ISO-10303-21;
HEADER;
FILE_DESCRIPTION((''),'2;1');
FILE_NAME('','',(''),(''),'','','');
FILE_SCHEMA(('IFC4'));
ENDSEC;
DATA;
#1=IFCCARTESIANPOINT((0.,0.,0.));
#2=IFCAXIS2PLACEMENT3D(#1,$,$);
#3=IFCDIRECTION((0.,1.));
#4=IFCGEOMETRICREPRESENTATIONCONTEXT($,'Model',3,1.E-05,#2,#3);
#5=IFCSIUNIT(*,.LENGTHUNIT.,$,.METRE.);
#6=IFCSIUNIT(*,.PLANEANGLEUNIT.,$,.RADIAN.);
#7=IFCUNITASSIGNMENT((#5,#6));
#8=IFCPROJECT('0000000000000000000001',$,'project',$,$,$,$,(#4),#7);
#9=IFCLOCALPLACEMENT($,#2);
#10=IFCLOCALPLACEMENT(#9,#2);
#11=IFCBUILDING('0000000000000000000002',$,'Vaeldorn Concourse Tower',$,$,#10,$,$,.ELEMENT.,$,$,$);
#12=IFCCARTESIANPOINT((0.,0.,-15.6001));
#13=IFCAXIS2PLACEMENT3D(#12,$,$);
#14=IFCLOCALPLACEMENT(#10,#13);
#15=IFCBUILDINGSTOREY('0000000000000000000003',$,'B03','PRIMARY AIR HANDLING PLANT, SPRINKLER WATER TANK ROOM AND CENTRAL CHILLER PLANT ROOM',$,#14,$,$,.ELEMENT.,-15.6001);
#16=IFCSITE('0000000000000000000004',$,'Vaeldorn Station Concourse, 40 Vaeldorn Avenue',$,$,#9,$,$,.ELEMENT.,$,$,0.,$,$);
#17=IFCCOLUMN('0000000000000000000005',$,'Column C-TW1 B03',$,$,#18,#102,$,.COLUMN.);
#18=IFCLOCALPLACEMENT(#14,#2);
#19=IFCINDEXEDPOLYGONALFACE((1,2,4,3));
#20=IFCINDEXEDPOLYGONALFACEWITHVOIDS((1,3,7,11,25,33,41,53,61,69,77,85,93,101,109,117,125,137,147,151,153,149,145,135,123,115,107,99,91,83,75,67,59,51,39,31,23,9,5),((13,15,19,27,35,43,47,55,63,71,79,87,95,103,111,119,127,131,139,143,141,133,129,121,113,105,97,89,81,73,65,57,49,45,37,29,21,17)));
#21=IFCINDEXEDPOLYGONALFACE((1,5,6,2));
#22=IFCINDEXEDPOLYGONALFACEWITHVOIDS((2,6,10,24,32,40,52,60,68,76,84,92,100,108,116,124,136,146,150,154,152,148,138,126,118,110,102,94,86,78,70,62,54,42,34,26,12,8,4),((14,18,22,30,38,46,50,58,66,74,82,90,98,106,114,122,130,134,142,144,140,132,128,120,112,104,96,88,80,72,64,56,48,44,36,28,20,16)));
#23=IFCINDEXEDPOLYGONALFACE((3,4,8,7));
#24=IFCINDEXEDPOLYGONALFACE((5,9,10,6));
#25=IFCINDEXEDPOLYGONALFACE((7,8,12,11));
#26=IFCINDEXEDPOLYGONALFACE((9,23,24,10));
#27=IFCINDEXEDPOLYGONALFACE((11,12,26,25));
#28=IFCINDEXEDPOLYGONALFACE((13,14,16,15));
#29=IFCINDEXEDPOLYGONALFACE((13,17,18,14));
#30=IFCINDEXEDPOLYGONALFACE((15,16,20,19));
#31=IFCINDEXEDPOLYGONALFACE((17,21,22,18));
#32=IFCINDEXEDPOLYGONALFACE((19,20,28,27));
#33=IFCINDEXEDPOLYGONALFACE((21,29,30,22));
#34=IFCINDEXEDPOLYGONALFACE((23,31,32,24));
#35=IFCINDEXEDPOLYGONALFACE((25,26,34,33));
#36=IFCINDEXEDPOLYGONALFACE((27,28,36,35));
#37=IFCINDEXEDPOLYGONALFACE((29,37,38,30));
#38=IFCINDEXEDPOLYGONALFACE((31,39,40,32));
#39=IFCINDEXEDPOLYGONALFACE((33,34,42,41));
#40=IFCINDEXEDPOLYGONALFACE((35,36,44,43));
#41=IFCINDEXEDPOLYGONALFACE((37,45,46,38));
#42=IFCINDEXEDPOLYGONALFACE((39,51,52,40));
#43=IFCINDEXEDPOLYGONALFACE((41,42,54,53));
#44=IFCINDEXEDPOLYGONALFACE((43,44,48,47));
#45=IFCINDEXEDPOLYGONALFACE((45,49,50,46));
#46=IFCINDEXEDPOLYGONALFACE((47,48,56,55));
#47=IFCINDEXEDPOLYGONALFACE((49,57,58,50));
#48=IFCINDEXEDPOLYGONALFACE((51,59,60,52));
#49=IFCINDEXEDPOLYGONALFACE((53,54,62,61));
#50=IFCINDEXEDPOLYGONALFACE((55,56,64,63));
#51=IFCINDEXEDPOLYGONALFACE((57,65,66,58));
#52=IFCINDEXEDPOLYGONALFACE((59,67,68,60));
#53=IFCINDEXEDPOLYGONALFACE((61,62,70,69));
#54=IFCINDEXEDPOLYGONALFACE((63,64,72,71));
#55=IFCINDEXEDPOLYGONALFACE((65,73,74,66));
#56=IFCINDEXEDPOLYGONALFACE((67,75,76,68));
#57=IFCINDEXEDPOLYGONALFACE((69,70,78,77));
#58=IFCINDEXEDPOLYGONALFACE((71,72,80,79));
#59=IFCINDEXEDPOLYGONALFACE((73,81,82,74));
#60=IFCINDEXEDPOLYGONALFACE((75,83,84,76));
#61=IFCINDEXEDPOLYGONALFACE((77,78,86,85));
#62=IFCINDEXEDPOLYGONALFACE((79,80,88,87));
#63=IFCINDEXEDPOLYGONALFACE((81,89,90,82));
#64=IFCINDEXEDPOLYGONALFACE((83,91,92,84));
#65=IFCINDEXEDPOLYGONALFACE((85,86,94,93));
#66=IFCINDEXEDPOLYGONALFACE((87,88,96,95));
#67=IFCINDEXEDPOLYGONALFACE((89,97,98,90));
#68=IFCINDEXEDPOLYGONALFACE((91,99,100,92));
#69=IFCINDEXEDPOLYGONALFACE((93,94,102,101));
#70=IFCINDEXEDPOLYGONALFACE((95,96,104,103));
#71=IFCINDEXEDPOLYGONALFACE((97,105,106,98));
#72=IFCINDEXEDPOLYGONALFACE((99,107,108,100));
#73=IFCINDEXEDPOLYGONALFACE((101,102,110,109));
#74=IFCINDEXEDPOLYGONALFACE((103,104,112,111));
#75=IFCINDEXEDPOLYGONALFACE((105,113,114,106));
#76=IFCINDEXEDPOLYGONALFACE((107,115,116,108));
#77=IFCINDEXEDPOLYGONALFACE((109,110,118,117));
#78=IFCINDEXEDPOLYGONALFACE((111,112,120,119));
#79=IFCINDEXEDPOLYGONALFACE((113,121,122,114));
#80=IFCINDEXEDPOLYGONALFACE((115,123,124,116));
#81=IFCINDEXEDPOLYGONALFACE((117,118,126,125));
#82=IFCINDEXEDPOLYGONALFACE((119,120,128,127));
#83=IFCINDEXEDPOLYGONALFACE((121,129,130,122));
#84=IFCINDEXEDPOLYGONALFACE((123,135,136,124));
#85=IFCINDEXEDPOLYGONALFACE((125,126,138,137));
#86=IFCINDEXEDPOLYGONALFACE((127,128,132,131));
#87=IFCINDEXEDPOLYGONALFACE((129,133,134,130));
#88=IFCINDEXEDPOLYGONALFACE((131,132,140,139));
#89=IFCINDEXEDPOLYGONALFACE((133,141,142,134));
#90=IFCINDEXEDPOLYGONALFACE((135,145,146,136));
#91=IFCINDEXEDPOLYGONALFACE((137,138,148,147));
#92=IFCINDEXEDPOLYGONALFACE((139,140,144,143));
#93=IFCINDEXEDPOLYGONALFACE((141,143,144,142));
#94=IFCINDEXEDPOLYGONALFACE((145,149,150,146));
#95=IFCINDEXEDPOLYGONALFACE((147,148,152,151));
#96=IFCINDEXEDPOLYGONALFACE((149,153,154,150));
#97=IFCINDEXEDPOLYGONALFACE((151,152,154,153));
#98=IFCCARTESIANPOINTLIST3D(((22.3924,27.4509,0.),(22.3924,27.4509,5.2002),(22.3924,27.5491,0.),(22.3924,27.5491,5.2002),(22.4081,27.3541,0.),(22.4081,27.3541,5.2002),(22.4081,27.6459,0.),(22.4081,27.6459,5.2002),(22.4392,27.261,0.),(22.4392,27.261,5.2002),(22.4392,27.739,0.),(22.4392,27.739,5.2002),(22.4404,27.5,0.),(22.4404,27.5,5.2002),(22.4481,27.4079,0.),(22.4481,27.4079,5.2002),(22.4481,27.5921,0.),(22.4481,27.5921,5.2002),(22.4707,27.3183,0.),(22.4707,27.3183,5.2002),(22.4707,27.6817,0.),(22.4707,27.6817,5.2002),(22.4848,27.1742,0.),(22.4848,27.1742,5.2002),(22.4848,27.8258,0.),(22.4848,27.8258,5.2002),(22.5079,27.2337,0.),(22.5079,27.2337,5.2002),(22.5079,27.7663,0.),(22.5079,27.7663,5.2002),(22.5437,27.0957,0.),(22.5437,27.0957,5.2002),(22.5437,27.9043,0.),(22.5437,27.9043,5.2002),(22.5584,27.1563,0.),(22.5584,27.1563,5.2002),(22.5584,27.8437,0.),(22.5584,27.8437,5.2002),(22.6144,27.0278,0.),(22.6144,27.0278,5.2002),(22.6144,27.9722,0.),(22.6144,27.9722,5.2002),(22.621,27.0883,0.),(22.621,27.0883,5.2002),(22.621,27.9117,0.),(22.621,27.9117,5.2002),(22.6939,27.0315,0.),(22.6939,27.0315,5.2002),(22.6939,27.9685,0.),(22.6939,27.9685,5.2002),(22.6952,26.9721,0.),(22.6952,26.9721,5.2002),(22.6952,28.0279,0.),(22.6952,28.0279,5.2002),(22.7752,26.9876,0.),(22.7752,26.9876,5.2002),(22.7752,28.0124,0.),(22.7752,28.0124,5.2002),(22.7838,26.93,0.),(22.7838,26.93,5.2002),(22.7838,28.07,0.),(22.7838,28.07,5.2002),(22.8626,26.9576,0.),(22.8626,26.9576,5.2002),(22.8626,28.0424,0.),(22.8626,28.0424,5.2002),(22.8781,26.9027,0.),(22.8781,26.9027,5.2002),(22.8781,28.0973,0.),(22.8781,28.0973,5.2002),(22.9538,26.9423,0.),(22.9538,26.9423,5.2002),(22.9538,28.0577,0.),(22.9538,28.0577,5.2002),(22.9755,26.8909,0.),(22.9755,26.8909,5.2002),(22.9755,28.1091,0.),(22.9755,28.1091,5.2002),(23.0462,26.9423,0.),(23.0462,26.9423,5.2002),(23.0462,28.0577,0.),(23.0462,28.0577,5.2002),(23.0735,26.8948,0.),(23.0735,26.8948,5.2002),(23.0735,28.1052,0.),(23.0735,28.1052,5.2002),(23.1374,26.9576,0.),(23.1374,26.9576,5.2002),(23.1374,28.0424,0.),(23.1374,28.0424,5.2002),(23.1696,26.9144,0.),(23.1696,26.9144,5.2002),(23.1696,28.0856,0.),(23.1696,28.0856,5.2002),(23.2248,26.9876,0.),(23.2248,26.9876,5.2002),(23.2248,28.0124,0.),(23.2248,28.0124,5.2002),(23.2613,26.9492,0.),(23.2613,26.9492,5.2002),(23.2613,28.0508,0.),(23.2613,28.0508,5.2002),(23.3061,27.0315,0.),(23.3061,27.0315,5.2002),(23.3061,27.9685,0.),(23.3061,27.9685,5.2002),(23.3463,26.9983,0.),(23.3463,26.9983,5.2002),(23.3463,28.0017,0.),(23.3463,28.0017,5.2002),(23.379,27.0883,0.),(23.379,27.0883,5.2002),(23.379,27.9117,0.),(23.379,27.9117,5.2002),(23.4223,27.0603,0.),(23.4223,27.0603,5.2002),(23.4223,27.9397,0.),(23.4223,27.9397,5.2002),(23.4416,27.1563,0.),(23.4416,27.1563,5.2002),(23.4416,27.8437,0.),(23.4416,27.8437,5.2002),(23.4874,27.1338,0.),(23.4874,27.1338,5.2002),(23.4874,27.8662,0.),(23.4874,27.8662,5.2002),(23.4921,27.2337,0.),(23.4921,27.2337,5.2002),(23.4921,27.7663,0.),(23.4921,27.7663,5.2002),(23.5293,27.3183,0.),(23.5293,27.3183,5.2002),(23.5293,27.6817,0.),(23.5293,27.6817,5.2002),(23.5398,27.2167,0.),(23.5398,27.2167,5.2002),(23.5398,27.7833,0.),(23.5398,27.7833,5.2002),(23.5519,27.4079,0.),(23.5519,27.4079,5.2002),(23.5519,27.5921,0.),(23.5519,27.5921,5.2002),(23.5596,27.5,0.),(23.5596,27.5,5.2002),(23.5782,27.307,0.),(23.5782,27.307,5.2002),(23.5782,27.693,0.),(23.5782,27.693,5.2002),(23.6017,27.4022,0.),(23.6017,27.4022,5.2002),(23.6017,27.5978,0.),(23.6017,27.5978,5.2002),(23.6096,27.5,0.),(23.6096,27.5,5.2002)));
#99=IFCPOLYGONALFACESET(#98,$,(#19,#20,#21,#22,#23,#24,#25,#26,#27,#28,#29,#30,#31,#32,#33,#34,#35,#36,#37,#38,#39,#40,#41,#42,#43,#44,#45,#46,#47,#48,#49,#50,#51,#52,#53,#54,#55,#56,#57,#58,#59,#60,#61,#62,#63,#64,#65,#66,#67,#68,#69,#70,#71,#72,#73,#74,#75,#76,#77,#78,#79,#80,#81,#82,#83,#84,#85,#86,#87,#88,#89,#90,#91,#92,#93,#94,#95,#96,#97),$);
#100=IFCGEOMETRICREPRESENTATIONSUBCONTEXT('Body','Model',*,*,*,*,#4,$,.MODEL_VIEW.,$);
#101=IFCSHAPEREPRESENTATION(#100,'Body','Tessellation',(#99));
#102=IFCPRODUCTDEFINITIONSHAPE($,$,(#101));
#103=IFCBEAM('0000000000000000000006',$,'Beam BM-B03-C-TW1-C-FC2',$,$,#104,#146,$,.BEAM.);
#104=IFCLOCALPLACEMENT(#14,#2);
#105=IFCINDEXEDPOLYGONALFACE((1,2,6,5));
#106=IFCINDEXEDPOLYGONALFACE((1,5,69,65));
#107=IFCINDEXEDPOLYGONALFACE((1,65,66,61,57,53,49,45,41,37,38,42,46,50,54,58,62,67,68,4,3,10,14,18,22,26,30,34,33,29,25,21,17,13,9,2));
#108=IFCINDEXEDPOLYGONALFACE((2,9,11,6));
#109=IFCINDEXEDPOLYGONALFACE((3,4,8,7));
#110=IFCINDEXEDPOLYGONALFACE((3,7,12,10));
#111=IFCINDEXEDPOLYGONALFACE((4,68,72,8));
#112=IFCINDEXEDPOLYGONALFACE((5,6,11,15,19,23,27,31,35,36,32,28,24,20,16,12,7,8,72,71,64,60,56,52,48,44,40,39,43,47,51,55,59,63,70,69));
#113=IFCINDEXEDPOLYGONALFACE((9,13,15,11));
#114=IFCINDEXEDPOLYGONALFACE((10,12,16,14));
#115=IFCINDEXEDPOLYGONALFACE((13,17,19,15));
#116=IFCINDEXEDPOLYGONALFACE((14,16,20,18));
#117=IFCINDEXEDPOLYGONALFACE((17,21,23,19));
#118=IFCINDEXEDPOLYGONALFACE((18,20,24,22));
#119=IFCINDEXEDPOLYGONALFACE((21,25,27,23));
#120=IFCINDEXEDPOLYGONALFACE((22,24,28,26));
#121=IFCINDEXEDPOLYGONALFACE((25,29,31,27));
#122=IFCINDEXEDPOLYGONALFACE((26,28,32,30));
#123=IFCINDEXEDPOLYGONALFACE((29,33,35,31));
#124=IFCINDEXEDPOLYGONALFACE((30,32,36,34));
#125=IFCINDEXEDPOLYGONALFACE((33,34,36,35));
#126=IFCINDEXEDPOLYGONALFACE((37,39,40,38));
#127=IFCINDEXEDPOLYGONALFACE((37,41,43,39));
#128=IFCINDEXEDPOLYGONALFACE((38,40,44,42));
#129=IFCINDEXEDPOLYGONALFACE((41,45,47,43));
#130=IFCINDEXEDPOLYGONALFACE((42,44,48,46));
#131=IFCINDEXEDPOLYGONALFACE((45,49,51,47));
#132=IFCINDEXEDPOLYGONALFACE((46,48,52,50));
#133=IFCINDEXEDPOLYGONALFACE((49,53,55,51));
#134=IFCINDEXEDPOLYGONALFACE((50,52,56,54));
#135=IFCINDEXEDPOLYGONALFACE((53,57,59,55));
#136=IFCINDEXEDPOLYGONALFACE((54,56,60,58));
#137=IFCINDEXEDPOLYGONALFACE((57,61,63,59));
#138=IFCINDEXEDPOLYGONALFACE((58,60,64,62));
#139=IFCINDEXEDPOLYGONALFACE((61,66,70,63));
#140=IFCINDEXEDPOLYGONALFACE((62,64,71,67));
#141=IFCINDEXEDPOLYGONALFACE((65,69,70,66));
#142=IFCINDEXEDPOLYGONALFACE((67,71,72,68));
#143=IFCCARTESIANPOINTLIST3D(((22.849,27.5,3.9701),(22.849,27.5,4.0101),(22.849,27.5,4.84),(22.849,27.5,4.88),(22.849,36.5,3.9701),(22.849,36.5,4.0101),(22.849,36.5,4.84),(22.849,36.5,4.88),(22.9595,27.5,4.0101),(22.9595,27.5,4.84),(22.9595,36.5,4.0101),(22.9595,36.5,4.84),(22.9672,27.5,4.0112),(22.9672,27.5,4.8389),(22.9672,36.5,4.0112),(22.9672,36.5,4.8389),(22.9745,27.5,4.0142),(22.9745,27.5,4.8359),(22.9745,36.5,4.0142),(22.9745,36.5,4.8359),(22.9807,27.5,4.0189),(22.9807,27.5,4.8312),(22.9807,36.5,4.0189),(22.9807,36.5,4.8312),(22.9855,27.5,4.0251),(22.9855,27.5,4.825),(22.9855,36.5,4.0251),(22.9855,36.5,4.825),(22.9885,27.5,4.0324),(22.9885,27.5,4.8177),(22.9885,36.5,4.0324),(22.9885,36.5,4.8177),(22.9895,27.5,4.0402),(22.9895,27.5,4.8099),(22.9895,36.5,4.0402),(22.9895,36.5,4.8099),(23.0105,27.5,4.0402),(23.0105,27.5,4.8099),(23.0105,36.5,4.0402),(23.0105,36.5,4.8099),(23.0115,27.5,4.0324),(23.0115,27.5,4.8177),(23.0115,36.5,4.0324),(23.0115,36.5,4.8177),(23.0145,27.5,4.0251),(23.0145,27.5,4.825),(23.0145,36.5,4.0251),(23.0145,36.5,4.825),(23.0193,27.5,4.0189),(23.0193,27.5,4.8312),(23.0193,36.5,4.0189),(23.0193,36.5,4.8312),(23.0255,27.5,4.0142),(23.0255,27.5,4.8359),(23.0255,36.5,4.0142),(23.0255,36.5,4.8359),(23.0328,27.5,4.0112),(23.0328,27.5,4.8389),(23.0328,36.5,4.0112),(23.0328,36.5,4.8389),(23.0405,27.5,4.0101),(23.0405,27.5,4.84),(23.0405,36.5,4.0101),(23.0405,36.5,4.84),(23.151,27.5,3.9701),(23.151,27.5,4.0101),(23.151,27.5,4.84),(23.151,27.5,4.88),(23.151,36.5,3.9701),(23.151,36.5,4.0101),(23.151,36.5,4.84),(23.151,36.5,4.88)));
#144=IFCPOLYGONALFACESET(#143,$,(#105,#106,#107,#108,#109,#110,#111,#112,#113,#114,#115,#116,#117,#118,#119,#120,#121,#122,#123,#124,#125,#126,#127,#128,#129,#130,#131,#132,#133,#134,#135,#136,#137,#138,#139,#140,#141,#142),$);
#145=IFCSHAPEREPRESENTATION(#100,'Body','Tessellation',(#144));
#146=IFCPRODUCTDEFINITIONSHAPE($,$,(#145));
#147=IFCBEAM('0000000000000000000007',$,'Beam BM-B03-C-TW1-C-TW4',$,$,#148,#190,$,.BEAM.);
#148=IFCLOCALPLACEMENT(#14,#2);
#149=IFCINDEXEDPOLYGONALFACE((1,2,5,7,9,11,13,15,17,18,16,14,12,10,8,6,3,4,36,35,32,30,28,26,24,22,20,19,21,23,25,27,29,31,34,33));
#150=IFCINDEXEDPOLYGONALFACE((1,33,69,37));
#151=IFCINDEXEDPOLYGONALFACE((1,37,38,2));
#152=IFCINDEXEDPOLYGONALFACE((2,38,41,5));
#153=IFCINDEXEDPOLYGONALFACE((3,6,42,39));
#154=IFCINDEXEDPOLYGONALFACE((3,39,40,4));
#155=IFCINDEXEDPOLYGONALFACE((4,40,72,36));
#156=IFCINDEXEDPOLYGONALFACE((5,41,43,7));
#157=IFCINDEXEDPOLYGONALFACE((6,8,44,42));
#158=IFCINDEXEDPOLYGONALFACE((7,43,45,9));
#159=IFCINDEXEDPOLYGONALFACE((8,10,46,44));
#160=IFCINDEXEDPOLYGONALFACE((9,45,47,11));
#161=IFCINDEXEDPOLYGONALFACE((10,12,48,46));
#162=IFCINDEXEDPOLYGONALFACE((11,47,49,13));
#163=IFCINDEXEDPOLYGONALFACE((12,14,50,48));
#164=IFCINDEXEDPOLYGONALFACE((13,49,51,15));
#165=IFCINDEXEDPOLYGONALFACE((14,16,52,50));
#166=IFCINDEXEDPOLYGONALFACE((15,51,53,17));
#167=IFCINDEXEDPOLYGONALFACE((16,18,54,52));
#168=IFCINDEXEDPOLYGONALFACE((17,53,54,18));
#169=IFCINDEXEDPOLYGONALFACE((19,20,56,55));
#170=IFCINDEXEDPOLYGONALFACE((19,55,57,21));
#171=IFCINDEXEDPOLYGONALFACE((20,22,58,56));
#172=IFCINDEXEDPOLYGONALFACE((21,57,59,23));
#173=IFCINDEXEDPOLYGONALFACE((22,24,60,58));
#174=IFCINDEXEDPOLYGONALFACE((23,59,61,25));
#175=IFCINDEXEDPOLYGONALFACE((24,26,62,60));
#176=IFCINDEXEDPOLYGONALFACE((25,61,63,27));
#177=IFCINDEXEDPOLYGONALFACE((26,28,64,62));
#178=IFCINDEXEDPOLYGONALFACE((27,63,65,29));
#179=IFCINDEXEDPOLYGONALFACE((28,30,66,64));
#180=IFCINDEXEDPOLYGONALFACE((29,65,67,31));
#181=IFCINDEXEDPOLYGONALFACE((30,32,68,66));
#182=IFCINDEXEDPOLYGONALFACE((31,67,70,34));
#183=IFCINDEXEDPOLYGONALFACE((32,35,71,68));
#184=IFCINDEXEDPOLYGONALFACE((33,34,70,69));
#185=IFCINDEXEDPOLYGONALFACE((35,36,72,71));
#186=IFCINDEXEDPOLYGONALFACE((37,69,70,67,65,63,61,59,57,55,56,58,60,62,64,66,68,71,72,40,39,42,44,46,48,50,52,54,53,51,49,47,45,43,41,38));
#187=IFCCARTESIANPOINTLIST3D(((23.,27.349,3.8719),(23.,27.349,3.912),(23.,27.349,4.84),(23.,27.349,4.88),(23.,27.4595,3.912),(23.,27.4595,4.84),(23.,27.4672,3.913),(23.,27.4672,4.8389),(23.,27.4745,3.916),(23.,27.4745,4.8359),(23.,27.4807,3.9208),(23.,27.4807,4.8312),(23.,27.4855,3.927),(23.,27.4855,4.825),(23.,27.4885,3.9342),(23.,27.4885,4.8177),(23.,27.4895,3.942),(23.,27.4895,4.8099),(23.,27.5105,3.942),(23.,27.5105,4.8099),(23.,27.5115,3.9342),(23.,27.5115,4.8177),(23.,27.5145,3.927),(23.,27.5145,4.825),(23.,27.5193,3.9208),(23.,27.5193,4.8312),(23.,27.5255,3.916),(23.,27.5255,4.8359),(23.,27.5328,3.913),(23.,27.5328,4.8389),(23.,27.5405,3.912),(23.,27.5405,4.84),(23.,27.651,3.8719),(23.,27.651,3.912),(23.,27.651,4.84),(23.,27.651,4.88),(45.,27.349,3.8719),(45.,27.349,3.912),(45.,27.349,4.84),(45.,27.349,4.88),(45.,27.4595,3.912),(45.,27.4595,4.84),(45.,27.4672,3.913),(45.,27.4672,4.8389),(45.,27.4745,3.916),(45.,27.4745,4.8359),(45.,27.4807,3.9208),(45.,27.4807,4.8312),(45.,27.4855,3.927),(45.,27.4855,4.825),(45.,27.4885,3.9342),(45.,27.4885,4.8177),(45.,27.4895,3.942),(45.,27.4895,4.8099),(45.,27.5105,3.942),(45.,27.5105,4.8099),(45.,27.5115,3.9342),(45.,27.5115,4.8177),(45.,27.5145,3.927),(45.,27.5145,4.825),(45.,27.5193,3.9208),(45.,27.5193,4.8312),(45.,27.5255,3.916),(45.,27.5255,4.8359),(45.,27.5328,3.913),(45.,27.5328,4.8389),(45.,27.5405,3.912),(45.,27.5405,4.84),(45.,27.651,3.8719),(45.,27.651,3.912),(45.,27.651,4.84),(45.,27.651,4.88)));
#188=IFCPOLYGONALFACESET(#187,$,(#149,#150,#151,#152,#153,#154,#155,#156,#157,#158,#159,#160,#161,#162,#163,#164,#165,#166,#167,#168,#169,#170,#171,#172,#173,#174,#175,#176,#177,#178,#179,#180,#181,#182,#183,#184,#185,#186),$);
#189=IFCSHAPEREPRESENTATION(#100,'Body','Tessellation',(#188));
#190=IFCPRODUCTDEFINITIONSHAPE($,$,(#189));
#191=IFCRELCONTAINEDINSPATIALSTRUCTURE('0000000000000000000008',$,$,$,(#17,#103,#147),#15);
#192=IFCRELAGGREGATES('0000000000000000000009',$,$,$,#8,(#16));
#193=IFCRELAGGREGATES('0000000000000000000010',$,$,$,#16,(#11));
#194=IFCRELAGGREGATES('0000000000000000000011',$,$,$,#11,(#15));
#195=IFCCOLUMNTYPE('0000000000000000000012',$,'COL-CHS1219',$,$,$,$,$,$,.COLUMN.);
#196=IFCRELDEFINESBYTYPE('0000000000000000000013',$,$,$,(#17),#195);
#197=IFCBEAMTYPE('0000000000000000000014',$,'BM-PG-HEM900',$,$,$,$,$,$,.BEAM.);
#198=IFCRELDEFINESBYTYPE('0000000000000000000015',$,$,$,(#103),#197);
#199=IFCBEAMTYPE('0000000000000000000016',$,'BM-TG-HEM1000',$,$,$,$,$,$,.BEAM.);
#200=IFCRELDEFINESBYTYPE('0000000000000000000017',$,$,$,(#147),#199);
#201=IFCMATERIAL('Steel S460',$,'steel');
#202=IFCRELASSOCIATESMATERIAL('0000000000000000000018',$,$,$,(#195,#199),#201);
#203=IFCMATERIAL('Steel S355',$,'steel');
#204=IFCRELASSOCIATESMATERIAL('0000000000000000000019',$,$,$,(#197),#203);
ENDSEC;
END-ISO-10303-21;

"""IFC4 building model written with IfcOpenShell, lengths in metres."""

from ifc_helpers import new_model, si_unit, direction, frame, origin, origin_2d, place, context, subcontext, project, spatial, hollow_circle, i_section, extrude, source, transform, mapped, material, material_profile, profile_set, type_object, element, save


model = new_model("IFC4")

# Units and contexts
model_context = context("Model", 3, precision=1e-05, world=origin(), true_north=direction((0.0, 1.0)))
body_context = subcontext(model_context, "Body", "Model", "MODEL_VIEW")
ifc_project = project(units=[si_unit("LENGTHUNIT", "METRE"), si_unit("PLANEANGLEUNIT", "RADIAN")], contexts=[model_context])

# Site, building, storey
site_placement = place(None, origin())
site = spatial("IfcSite", under=ifc_project, at=site_placement, Name="Vaeldorn Station Concourse, 40 Vaeldorn Avenue", CompositionType="ELEMENT", RefElevation=0.0)
building_placement = place(site_placement, origin())
building = spatial("IfcBuilding", under=site, at=building_placement, Name="Vaeldorn Concourse Tower", CompositionType="ELEMENT")
storey_placement = place(building_placement, frame((0.0, 0.0, -15.6001)))
storey = spatial("IfcBuildingStorey", under=building, at=storey_placement, Name="B03", Description="PRIMARY AIR HANDLING PLANT, SPRINKLER WATER TANK ROOM AND CENTRAL CHILLER PLANT ROOM", CompositionType="ELEMENT", Elevation=-15.6001)

# Column
ifc_material_1 = material(Name="Steel S460", Category="steel")
ifc_material_profile_1 = material_profile(ifc_material_1, hollow_circle(Radius=0.6096, WallThickness=0.05, at=origin_2d()), Name="CHS 1219x50")
ifc_profile_set_1 = profile_set([ifc_material_profile_1], Name="Steel S460")
column_type = type_object("IfcColumnType", Name="COL-CHS1219", PredefinedType="COLUMN", material=ifc_profile_set_1)
shared_shape_1 = source(origin(), body_context, "Body", "SweptSolid", [
    extrude(hollow_circle(Radius=0.6096, WallThickness=0.05, at=origin_2d()), origin(), (0.0, 0.0, 1.0), 5.2002),
])
column_placement = place(storey_placement, frame((23.0, 27.5, 0.0), z_axis=(0.0, 0.0, 1.0), x_axis=(1.0, 0.0, 0.0)))
element("IfcColumn", 1, at=column_placement, inside=storey, type_object=column_type, Name="Column C-TW1 B03", PredefinedType="COLUMN", context=body_context, shape_type="MappedRepresentation", body=[
    mapped(shared_shape_1, transform((0.0, 0.0, 0.0), scale=1.0)),
])

# Beams
ifc_material_2 = material(Name="Steel S355", Category="steel")
ifc_material_profile_2 = material_profile(ifc_material_2, i_section(OverallWidth=0.302, OverallDepth=0.9099, WebThickness=0.021, FlangeThickness=0.04, FilletRadius=0.03, at=origin_2d()), Name="HEM 900")
ifc_profile_set_2 = profile_set([ifc_material_profile_2], Name="Steel S355")
beam_type_1 = type_object("IfcBeamType", Name="BM-PG-HEM900", PredefinedType="BEAM", material=ifc_profile_set_2)
shared_shape_2 = source(origin(), body_context, "Body", "SweptSolid", [
    extrude(i_section(OverallWidth=0.302, OverallDepth=0.9099, WebThickness=0.021, FlangeThickness=0.04, FilletRadius=0.03, at=origin_2d()), origin(), (0.0, 0.0, 1.0), 9.0),
])
beam_1_placement = place(storey_placement, frame((23.0, 27.5, 4.425), z_axis=(0.0, 1.0, 0.0), x_axis=(-1.0, 0.0, 0.0)))
element("IfcBeam", 2, at=beam_1_placement, inside=storey, type_object=beam_type_1, Name="Beam BM-B03-C-TW1-C-FC2", PredefinedType="BEAM", context=body_context, shape_type="MappedRepresentation", body=[
    mapped(shared_shape_2, transform((0.0, 0.0, 0.0), scale=1.0)),
])
ifc_material_profile_3 = material_profile(ifc_material_1, i_section(OverallWidth=0.302, OverallDepth=1.0081, WebThickness=0.021, FlangeThickness=0.04, FilletRadius=0.03, at=origin_2d()), Name="HEM 1000")
ifc_profile_set_3 = profile_set([ifc_material_profile_3], Name="Steel S460")
beam_type_2 = type_object("IfcBeamType", Name="BM-TG-HEM1000", PredefinedType="BEAM", material=ifc_profile_set_3)
shared_shape_3 = source(origin(), body_context, "Body", "SweptSolid", [
    extrude(i_section(OverallWidth=0.302, OverallDepth=1.0081, WebThickness=0.021, FlangeThickness=0.04, FilletRadius=0.03, at=origin_2d()), origin(), (0.0, 0.0, 1.0), 22.0),
])
beam_2_placement = place(storey_placement, frame((23.0, 27.5, 4.376), z_axis=(1.0, 0.0, 0.0), x_axis=(0.0, 1.0, 0.0)))
element("IfcBeam", 3, at=beam_2_placement, inside=storey, type_object=beam_type_2, Name="Beam BM-B03-C-TW1-C-TW4", PredefinedType="BEAM", context=body_context, shape_type="MappedRepresentation", body=[
    mapped(shared_shape_3, transform((0.0, 0.0, 0.0), scale=1.0)),
])

save(model, "model.ifc")
